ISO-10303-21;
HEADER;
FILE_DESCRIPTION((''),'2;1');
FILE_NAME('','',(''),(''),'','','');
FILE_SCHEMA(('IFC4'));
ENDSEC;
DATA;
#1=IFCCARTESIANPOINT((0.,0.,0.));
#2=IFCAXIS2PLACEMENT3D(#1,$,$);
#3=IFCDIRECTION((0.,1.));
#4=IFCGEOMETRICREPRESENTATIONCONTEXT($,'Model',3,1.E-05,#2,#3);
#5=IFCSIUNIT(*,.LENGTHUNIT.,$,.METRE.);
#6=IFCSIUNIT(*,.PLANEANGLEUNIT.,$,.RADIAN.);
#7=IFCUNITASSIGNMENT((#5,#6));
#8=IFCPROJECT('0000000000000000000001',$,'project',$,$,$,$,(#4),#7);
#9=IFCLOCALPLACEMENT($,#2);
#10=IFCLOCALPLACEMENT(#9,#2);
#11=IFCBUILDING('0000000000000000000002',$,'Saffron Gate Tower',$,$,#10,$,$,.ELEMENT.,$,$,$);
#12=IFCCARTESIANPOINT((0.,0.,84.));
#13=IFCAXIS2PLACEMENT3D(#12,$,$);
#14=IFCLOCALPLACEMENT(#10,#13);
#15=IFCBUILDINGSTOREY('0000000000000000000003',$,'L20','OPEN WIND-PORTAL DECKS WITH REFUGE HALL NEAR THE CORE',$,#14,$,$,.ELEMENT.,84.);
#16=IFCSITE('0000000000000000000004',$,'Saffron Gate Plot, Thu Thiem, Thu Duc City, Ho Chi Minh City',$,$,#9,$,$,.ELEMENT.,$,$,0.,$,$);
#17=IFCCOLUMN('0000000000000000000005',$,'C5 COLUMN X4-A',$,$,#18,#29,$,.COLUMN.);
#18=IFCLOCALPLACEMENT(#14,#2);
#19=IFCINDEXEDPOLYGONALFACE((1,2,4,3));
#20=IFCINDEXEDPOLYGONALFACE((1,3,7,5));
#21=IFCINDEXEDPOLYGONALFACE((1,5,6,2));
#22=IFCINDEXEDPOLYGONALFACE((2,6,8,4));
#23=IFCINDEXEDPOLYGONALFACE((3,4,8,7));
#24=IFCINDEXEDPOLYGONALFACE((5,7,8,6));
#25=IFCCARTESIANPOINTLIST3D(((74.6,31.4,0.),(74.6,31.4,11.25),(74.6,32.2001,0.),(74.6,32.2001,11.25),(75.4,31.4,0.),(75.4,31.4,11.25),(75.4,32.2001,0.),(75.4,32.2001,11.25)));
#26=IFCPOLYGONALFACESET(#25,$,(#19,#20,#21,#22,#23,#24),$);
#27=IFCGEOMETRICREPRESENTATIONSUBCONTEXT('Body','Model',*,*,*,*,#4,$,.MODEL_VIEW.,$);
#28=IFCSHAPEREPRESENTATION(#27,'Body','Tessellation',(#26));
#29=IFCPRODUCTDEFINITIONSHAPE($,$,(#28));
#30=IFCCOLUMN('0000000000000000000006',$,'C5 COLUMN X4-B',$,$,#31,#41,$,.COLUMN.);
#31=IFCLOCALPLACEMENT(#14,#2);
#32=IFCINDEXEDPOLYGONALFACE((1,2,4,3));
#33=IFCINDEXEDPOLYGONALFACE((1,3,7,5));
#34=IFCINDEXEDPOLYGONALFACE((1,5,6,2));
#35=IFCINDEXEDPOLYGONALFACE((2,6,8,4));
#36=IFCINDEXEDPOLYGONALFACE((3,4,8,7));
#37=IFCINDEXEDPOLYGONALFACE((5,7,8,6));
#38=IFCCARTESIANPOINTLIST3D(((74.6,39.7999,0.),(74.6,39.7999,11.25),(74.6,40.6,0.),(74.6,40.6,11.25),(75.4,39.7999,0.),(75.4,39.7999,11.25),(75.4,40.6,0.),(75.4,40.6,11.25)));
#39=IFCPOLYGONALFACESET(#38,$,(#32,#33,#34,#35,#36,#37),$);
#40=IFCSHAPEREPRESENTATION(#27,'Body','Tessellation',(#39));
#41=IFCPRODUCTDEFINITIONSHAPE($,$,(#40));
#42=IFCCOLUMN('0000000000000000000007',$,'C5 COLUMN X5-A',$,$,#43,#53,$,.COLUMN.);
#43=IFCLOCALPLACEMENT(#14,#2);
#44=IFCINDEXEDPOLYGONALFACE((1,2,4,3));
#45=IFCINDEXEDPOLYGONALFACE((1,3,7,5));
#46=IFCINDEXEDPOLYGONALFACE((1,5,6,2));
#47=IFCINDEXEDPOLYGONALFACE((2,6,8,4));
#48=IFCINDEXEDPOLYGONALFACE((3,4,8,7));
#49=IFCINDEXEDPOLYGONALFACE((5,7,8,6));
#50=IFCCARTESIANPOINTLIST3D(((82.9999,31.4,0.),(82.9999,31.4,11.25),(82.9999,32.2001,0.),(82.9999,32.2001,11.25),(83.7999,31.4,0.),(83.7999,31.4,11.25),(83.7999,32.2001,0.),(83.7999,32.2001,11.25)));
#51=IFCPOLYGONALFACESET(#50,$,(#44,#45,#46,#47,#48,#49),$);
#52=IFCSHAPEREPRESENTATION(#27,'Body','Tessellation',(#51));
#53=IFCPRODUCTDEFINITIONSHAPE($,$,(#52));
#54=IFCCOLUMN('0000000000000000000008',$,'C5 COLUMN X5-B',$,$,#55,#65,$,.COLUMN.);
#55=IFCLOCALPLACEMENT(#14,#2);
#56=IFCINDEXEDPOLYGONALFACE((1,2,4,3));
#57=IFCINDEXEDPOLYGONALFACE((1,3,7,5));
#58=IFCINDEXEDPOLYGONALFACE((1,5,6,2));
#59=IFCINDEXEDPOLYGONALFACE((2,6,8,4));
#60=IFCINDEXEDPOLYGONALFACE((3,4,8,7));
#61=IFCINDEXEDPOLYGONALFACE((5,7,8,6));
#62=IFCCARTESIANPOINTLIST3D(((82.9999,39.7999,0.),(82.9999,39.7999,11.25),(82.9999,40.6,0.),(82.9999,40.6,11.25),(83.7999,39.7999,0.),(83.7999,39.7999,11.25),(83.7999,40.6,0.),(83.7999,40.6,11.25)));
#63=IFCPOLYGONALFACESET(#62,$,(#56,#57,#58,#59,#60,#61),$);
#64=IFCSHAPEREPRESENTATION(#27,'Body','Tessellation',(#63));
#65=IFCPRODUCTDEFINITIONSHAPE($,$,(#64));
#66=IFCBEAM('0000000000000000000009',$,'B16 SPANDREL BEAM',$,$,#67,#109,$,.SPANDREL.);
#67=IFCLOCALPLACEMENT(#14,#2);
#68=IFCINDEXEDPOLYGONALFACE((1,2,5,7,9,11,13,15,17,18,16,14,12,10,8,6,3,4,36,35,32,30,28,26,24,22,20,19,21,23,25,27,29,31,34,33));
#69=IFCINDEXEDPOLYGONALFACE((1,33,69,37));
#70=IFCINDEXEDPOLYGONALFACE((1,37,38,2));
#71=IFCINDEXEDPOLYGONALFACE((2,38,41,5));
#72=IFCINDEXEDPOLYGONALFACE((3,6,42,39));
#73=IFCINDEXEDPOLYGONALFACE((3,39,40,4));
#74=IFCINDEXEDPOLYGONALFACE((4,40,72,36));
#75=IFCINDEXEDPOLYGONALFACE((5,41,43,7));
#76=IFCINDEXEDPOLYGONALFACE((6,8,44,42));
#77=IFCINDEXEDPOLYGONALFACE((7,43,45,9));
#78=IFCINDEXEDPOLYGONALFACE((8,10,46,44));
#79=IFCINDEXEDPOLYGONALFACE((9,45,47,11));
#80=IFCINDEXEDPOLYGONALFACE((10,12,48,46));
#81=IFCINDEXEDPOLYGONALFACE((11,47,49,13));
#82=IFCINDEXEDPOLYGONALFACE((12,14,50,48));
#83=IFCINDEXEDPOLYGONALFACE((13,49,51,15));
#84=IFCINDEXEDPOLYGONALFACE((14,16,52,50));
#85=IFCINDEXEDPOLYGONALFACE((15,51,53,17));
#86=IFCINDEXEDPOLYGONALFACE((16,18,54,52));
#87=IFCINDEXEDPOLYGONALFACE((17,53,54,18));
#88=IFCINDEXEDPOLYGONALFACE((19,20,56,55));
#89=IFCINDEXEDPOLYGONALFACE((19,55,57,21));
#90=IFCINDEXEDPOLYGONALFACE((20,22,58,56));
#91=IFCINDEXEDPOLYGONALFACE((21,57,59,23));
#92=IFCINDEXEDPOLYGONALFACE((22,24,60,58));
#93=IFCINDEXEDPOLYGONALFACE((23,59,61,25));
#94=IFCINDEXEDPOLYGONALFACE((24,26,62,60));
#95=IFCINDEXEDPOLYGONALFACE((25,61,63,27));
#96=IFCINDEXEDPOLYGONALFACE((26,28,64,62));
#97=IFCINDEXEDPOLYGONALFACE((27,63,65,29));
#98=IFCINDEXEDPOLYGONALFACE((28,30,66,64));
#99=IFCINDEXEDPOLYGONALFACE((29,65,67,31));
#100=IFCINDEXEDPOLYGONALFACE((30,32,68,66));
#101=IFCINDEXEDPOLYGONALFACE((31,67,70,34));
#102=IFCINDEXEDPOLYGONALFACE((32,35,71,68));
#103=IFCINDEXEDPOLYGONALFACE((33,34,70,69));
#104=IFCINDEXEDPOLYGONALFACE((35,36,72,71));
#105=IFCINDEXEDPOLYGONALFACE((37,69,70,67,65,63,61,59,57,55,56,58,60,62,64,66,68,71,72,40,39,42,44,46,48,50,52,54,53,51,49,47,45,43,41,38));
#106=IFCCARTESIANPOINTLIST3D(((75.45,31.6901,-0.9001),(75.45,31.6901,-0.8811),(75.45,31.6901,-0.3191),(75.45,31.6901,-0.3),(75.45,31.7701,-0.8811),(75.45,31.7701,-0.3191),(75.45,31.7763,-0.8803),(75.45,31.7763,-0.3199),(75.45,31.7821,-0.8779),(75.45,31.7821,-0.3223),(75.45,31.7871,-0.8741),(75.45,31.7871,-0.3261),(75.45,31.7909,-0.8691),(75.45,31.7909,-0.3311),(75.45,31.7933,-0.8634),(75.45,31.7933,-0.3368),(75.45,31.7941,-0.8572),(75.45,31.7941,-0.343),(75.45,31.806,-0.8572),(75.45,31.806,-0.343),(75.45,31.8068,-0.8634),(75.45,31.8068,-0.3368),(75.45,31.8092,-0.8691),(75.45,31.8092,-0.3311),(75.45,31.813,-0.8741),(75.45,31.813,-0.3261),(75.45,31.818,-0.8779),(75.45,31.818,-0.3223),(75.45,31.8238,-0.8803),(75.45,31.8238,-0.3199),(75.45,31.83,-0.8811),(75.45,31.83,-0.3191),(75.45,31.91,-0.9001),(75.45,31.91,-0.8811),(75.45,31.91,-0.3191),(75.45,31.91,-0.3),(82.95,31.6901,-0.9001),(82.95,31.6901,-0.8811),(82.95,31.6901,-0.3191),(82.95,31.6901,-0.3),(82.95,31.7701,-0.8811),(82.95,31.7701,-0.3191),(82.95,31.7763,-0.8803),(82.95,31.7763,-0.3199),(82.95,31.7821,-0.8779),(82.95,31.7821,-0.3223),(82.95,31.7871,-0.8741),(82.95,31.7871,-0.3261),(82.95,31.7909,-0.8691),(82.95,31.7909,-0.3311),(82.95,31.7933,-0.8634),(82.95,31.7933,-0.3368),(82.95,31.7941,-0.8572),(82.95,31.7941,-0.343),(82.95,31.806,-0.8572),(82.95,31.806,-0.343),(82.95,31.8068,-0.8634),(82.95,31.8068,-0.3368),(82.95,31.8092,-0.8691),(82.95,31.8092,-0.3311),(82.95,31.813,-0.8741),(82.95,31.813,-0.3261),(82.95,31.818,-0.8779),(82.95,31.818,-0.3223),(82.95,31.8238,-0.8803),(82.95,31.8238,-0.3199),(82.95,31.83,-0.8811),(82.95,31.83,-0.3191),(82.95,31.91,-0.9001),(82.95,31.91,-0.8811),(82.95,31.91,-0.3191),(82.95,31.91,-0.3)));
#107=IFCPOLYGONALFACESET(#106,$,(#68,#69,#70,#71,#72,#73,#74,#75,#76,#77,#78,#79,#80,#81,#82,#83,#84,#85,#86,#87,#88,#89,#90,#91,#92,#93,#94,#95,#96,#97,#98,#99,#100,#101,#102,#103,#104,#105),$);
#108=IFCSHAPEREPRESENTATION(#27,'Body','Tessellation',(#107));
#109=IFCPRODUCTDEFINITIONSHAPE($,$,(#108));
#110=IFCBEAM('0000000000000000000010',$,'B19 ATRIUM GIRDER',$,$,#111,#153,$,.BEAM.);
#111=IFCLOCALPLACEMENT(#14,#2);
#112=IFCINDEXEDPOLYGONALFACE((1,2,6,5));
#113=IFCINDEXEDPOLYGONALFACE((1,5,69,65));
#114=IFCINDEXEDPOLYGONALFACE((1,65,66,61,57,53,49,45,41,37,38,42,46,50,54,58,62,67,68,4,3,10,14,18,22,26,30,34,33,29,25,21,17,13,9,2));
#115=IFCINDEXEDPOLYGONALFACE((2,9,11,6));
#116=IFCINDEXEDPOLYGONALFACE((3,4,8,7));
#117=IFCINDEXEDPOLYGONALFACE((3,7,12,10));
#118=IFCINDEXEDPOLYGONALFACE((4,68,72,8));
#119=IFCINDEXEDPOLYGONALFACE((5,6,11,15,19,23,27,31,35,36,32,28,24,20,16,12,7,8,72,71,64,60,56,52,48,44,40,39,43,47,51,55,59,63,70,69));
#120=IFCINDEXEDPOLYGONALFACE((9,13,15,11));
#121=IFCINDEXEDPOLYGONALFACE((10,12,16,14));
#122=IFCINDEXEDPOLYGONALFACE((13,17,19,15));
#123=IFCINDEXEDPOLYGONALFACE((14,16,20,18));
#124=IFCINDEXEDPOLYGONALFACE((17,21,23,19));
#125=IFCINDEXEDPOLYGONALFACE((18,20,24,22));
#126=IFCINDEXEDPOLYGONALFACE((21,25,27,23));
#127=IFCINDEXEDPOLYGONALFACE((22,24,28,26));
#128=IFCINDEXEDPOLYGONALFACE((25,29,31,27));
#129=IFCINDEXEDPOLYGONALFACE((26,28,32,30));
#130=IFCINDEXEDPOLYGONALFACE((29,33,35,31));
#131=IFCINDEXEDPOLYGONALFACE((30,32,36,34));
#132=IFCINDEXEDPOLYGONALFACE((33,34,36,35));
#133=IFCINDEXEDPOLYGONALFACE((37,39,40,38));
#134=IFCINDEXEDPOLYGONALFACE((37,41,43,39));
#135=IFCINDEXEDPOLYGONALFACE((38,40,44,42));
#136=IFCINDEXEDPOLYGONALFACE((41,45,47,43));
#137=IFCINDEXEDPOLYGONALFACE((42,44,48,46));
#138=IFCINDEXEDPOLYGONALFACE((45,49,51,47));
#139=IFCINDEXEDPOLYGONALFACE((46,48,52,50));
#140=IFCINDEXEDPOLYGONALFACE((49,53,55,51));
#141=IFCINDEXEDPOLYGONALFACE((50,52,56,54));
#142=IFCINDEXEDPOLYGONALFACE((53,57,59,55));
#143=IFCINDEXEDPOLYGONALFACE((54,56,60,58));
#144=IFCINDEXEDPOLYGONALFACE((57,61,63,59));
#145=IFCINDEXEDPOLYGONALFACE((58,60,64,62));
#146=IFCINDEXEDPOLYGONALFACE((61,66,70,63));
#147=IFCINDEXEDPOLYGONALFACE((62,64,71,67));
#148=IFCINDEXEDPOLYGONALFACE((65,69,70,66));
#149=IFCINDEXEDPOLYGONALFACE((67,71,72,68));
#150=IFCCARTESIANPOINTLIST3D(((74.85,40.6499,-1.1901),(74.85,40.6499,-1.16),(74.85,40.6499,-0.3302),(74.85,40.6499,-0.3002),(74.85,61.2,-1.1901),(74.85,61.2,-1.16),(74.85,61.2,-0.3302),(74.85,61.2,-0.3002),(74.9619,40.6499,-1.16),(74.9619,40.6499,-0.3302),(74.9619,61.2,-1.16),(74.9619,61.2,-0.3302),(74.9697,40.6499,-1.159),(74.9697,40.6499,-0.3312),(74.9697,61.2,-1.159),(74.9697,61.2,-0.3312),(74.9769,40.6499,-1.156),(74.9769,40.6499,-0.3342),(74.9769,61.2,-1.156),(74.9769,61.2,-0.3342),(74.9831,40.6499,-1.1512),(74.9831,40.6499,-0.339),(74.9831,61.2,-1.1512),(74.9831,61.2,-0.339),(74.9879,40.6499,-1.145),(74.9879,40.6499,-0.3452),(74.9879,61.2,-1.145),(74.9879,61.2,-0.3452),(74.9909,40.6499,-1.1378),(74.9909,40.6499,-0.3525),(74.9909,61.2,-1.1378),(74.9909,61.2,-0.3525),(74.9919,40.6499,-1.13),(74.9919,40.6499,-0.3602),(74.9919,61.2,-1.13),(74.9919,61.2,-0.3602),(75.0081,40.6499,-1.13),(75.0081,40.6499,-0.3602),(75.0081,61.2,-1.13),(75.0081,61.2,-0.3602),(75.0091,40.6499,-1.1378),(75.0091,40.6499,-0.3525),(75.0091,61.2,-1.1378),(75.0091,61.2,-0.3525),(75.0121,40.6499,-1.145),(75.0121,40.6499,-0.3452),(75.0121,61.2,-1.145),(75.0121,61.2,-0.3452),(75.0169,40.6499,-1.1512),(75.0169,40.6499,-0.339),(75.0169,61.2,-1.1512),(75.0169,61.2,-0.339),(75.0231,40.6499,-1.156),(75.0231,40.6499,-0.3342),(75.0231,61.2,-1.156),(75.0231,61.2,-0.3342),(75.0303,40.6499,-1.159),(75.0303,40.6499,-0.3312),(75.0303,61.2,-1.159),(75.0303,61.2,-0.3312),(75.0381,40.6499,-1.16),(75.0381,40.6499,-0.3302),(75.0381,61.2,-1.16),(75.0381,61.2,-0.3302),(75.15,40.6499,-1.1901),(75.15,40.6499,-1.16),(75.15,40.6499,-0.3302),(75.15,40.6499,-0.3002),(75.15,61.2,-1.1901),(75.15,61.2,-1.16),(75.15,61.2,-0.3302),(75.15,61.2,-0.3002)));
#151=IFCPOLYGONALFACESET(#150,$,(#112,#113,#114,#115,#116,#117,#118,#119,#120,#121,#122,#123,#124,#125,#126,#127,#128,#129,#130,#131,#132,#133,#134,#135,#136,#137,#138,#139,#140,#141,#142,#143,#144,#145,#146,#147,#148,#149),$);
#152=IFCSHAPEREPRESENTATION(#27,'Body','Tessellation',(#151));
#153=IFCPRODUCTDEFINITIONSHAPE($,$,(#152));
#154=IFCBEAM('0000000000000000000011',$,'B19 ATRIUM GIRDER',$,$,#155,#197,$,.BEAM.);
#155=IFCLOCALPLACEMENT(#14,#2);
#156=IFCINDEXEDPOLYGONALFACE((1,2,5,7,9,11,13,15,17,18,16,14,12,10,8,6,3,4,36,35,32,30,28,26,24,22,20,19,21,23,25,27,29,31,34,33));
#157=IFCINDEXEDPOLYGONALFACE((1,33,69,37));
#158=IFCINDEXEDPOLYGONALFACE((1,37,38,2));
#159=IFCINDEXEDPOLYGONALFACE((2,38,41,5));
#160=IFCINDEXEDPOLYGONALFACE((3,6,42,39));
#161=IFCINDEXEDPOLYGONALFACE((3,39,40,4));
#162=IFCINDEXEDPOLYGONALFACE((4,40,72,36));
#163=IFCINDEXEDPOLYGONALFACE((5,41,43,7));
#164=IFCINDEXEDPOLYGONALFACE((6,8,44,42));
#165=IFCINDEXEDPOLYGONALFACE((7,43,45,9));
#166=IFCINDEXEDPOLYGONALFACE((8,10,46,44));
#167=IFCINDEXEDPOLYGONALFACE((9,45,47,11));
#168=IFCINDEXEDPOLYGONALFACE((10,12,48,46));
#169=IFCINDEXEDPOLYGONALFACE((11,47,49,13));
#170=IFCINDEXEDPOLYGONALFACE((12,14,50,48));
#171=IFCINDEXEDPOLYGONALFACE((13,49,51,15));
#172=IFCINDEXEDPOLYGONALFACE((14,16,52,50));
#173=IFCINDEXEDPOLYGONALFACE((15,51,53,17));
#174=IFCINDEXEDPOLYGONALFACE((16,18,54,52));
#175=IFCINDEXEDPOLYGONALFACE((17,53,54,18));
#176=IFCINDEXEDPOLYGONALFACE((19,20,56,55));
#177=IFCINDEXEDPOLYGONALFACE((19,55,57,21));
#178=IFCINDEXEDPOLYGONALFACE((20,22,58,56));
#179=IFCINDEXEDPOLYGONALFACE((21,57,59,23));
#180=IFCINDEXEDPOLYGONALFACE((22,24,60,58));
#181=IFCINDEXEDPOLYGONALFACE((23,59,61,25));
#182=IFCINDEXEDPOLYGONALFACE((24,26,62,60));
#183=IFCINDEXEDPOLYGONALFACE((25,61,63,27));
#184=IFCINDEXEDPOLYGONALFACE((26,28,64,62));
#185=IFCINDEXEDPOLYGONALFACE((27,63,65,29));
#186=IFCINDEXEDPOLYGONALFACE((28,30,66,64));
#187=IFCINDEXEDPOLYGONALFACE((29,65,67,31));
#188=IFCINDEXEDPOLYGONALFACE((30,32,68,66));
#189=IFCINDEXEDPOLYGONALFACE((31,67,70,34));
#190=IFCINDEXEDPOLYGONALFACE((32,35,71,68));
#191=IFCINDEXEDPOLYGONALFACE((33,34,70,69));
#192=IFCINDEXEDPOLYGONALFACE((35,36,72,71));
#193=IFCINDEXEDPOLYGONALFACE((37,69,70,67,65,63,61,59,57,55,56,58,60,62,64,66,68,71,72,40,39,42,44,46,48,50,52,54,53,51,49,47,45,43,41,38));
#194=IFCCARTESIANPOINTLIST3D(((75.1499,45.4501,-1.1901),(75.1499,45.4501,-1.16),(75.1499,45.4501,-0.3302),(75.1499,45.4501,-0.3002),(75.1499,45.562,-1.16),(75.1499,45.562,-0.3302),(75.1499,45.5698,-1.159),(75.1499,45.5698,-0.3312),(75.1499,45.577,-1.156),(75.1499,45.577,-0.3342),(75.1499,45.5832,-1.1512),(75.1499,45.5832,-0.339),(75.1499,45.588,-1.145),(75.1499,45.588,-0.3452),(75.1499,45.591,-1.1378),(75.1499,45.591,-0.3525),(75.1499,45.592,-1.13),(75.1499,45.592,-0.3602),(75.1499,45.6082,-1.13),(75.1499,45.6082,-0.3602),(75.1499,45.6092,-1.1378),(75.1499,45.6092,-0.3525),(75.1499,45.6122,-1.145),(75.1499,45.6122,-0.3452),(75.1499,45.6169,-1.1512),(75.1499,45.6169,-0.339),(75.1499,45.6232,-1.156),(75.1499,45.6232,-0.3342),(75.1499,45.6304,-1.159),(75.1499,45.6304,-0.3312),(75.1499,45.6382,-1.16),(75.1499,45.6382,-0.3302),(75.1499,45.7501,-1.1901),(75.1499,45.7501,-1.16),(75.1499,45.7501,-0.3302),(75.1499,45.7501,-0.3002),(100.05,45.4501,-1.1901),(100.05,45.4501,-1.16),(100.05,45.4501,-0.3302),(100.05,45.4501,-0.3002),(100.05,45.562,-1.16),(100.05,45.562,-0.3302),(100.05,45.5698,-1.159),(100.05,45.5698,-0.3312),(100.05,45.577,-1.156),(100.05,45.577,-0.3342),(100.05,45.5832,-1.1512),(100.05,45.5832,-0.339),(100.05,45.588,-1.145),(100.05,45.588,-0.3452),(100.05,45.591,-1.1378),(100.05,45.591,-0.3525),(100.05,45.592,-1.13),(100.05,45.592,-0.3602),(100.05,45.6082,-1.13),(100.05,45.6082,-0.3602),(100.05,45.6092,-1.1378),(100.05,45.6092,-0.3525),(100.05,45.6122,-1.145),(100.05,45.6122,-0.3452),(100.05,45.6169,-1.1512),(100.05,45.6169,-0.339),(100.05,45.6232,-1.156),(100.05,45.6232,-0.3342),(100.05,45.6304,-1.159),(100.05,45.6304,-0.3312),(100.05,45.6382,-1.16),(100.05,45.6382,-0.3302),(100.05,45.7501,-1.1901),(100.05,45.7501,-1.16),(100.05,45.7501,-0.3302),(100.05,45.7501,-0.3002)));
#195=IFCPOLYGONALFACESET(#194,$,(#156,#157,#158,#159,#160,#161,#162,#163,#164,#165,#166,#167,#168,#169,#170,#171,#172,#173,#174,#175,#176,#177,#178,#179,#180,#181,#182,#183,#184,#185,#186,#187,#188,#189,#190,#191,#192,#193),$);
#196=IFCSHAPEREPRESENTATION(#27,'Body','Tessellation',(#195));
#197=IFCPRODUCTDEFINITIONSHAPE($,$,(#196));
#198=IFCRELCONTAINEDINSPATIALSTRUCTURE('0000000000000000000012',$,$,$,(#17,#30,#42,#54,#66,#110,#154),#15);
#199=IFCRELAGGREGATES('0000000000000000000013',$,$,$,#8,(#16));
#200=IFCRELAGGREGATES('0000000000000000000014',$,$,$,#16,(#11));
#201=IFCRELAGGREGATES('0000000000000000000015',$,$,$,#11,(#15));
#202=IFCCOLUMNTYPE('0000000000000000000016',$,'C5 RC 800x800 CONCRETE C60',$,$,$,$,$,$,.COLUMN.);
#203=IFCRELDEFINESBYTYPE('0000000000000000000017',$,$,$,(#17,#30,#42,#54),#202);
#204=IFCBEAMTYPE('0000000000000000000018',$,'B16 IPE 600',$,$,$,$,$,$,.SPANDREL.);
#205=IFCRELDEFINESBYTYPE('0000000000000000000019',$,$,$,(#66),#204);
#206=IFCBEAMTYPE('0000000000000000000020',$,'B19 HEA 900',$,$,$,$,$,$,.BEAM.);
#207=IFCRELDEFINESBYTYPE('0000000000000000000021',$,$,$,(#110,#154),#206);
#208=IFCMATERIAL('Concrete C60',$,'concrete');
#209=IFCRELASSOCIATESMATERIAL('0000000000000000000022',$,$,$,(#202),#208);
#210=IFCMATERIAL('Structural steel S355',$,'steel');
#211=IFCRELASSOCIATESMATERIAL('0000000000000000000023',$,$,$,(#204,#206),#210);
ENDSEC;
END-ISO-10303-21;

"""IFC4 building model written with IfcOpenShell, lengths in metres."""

from ifc_helpers import new_model, si_unit, direction, frame, origin, origin_2d, place, context, subcontext, project, spatial, rectangle, i_section, extrude, material, material_profile, profile_set, type_object, element, save


model = new_model("IFC4")

# Units and contexts
model_context = context("Model", 3, precision=1e-05, world=origin(), true_north=direction((0.0, 1.0)))
body_context = subcontext(model_context, "Body", "Model", "MODEL_VIEW")
ifc_project = project(units=[si_unit("LENGTHUNIT", "METRE"), si_unit("PLANEANGLEUNIT", "RADIAN")], contexts=[model_context])

# Site, building, storey
site_placement = place(None, origin())
site = spatial("IfcSite", under=ifc_project, at=site_placement, Name="Saffron Gate Plot, Thu Thiem, Thu Duc City, Ho Chi Minh City", CompositionType="ELEMENT", RefElevation=0.0)
building_placement = place(site_placement, origin())
building = spatial("IfcBuilding", under=site, at=building_placement, Name="Saffron Gate Tower", CompositionType="ELEMENT")
storey_placement = place(building_placement, frame((0.0, 0.0, 84.0)))
storey = spatial("IfcBuildingStorey", under=building, at=storey_placement, Name="L20", Description="OPEN WIND-PORTAL DECKS WITH REFUGE HALL NEAR THE CORE", CompositionType="ELEMENT", Elevation=84.0)

# Columns
ifc_material_1 = material(Name="Concrete C60", Category="concrete")
ifc_material_profile_1 = material_profile(ifc_material_1, rectangle(XDim=0.8, YDim=0.8, at=origin_2d()))
ifc_profile_set_1 = profile_set([ifc_material_profile_1], Name="Concrete C60")
column_type = type_object("IfcColumnType", Name="C5 RC 800x800 CONCRETE C60", PredefinedType="COLUMN", material=ifc_profile_set_1)
for number, where, z_axis, x_axis, name in (
    (1, (75.0, 31.8, 0.0), (0.0, 0.0, 1.0), (1.0, 0.0, 0.0), "C5 COLUMN X4-A"),
    (2, (75.0, 40.2, 0.0), (0.0, 0.0, 1.0), (1.0, 0.0, 0.0), "C5 COLUMN X4-B"),
    (3, (83.3999, 31.8, 0.0), (0.0, 0.0, 1.0), (1.0, 0.0, 0.0), "C5 COLUMN X5-A"),
    (4, (83.3999, 40.2, 0.0), (0.0, 0.0, 1.0), (1.0, 0.0, 0.0), "C5 COLUMN X5-B"),
):
    element("IfcColumn", number, at=place(storey_placement, frame(where, z_axis=z_axis, x_axis=x_axis)), inside=storey, type_object=column_type, Name=name, PredefinedType="COLUMN", context=body_context, shape_type="SweptSolid", body=[
        extrude(rectangle(XDim=0.8, YDim=0.8, at=origin_2d()), origin(), (0.0, 0.0, 1.0), 11.25),
    ])

# Beams
ifc_material_2 = material(Name="Structural steel S355", Category="steel")
ifc_material_profile_2 = material_profile(ifc_material_2, i_section(OverallWidth=0.22, OverallDepth=0.6001, WebThickness=0.012, FlangeThickness=0.019, FilletRadius=0.0239, at=origin_2d()))
ifc_profile_set_2 = profile_set([ifc_material_profile_2], Name="Structural steel S355")
beam_type_1 = type_object("IfcBeamType", Name="B16 IPE 600", PredefinedType="SPANDREL", material=ifc_profile_set_2)
beam_1_placement = place(storey_placement, frame((75.45, 31.8, -0.6001), z_axis=(1.0, 0.0, 0.0), x_axis=(0.0, 1.0, 0.0)))
element("IfcBeam", 5, at=beam_1_placement, inside=storey, type_object=beam_type_1, Name="B16 SPANDREL BEAM", PredefinedType="SPANDREL", context=body_context, shape_type="SweptSolid", body=[
    extrude(i_section(OverallWidth=0.22, OverallDepth=0.6001, WebThickness=0.012, FlangeThickness=0.019, FilletRadius=0.0239, at=origin_2d()), origin(), (0.0, 0.0, 1.0), 7.5),
])
ifc_material_profile_3 = material_profile(ifc_material_2, i_section(OverallWidth=0.3, OverallDepth=0.8899, WebThickness=0.0161, FlangeThickness=0.03, FilletRadius=0.03, at=origin_2d()))
ifc_profile_set_3 = profile_set([ifc_material_profile_3], Name="Structural steel S355")
beam_type_2 = type_object("IfcBeamType", Name="B19 HEA 900", PredefinedType="BEAM", material=ifc_profile_set_3)
beam_2_placement = place(storey_placement, frame((75.0, 40.6499, -0.7451), z_axis=(0.0, 1.0, 0.0), x_axis=(-1.0, 0.0, 0.0)))
element("IfcBeam", 6, at=beam_2_placement, inside=storey, type_object=beam_type_2, Name="B19 ATRIUM GIRDER", PredefinedType="BEAM", context=body_context, shape_type="SweptSolid", body=[
    extrude(i_section(OverallWidth=0.3, OverallDepth=0.8899, WebThickness=0.0161, FlangeThickness=0.03, FilletRadius=0.03, at=origin_2d()), origin(), (0.0, 0.0, 1.0), 20.55),
])
beam_3_placement = place(storey_placement, frame((75.1499, 45.6001, -0.7451), z_axis=(1.0, 0.0, 0.0), x_axis=(0.0, 1.0, 0.0)))
element("IfcBeam", 7, at=beam_3_placement, inside=storey, type_object=beam_type_2, Name="B19 ATRIUM GIRDER", PredefinedType="BEAM", context=body_context, shape_type="SweptSolid", body=[
    extrude(i_section(OverallWidth=0.3, OverallDepth=0.8899, WebThickness=0.0161, FlangeThickness=0.03, FilletRadius=0.03, at=origin_2d()), origin(), (0.0, 0.0, 1.0), 24.9001),
])

save(model, "model.ifc")
